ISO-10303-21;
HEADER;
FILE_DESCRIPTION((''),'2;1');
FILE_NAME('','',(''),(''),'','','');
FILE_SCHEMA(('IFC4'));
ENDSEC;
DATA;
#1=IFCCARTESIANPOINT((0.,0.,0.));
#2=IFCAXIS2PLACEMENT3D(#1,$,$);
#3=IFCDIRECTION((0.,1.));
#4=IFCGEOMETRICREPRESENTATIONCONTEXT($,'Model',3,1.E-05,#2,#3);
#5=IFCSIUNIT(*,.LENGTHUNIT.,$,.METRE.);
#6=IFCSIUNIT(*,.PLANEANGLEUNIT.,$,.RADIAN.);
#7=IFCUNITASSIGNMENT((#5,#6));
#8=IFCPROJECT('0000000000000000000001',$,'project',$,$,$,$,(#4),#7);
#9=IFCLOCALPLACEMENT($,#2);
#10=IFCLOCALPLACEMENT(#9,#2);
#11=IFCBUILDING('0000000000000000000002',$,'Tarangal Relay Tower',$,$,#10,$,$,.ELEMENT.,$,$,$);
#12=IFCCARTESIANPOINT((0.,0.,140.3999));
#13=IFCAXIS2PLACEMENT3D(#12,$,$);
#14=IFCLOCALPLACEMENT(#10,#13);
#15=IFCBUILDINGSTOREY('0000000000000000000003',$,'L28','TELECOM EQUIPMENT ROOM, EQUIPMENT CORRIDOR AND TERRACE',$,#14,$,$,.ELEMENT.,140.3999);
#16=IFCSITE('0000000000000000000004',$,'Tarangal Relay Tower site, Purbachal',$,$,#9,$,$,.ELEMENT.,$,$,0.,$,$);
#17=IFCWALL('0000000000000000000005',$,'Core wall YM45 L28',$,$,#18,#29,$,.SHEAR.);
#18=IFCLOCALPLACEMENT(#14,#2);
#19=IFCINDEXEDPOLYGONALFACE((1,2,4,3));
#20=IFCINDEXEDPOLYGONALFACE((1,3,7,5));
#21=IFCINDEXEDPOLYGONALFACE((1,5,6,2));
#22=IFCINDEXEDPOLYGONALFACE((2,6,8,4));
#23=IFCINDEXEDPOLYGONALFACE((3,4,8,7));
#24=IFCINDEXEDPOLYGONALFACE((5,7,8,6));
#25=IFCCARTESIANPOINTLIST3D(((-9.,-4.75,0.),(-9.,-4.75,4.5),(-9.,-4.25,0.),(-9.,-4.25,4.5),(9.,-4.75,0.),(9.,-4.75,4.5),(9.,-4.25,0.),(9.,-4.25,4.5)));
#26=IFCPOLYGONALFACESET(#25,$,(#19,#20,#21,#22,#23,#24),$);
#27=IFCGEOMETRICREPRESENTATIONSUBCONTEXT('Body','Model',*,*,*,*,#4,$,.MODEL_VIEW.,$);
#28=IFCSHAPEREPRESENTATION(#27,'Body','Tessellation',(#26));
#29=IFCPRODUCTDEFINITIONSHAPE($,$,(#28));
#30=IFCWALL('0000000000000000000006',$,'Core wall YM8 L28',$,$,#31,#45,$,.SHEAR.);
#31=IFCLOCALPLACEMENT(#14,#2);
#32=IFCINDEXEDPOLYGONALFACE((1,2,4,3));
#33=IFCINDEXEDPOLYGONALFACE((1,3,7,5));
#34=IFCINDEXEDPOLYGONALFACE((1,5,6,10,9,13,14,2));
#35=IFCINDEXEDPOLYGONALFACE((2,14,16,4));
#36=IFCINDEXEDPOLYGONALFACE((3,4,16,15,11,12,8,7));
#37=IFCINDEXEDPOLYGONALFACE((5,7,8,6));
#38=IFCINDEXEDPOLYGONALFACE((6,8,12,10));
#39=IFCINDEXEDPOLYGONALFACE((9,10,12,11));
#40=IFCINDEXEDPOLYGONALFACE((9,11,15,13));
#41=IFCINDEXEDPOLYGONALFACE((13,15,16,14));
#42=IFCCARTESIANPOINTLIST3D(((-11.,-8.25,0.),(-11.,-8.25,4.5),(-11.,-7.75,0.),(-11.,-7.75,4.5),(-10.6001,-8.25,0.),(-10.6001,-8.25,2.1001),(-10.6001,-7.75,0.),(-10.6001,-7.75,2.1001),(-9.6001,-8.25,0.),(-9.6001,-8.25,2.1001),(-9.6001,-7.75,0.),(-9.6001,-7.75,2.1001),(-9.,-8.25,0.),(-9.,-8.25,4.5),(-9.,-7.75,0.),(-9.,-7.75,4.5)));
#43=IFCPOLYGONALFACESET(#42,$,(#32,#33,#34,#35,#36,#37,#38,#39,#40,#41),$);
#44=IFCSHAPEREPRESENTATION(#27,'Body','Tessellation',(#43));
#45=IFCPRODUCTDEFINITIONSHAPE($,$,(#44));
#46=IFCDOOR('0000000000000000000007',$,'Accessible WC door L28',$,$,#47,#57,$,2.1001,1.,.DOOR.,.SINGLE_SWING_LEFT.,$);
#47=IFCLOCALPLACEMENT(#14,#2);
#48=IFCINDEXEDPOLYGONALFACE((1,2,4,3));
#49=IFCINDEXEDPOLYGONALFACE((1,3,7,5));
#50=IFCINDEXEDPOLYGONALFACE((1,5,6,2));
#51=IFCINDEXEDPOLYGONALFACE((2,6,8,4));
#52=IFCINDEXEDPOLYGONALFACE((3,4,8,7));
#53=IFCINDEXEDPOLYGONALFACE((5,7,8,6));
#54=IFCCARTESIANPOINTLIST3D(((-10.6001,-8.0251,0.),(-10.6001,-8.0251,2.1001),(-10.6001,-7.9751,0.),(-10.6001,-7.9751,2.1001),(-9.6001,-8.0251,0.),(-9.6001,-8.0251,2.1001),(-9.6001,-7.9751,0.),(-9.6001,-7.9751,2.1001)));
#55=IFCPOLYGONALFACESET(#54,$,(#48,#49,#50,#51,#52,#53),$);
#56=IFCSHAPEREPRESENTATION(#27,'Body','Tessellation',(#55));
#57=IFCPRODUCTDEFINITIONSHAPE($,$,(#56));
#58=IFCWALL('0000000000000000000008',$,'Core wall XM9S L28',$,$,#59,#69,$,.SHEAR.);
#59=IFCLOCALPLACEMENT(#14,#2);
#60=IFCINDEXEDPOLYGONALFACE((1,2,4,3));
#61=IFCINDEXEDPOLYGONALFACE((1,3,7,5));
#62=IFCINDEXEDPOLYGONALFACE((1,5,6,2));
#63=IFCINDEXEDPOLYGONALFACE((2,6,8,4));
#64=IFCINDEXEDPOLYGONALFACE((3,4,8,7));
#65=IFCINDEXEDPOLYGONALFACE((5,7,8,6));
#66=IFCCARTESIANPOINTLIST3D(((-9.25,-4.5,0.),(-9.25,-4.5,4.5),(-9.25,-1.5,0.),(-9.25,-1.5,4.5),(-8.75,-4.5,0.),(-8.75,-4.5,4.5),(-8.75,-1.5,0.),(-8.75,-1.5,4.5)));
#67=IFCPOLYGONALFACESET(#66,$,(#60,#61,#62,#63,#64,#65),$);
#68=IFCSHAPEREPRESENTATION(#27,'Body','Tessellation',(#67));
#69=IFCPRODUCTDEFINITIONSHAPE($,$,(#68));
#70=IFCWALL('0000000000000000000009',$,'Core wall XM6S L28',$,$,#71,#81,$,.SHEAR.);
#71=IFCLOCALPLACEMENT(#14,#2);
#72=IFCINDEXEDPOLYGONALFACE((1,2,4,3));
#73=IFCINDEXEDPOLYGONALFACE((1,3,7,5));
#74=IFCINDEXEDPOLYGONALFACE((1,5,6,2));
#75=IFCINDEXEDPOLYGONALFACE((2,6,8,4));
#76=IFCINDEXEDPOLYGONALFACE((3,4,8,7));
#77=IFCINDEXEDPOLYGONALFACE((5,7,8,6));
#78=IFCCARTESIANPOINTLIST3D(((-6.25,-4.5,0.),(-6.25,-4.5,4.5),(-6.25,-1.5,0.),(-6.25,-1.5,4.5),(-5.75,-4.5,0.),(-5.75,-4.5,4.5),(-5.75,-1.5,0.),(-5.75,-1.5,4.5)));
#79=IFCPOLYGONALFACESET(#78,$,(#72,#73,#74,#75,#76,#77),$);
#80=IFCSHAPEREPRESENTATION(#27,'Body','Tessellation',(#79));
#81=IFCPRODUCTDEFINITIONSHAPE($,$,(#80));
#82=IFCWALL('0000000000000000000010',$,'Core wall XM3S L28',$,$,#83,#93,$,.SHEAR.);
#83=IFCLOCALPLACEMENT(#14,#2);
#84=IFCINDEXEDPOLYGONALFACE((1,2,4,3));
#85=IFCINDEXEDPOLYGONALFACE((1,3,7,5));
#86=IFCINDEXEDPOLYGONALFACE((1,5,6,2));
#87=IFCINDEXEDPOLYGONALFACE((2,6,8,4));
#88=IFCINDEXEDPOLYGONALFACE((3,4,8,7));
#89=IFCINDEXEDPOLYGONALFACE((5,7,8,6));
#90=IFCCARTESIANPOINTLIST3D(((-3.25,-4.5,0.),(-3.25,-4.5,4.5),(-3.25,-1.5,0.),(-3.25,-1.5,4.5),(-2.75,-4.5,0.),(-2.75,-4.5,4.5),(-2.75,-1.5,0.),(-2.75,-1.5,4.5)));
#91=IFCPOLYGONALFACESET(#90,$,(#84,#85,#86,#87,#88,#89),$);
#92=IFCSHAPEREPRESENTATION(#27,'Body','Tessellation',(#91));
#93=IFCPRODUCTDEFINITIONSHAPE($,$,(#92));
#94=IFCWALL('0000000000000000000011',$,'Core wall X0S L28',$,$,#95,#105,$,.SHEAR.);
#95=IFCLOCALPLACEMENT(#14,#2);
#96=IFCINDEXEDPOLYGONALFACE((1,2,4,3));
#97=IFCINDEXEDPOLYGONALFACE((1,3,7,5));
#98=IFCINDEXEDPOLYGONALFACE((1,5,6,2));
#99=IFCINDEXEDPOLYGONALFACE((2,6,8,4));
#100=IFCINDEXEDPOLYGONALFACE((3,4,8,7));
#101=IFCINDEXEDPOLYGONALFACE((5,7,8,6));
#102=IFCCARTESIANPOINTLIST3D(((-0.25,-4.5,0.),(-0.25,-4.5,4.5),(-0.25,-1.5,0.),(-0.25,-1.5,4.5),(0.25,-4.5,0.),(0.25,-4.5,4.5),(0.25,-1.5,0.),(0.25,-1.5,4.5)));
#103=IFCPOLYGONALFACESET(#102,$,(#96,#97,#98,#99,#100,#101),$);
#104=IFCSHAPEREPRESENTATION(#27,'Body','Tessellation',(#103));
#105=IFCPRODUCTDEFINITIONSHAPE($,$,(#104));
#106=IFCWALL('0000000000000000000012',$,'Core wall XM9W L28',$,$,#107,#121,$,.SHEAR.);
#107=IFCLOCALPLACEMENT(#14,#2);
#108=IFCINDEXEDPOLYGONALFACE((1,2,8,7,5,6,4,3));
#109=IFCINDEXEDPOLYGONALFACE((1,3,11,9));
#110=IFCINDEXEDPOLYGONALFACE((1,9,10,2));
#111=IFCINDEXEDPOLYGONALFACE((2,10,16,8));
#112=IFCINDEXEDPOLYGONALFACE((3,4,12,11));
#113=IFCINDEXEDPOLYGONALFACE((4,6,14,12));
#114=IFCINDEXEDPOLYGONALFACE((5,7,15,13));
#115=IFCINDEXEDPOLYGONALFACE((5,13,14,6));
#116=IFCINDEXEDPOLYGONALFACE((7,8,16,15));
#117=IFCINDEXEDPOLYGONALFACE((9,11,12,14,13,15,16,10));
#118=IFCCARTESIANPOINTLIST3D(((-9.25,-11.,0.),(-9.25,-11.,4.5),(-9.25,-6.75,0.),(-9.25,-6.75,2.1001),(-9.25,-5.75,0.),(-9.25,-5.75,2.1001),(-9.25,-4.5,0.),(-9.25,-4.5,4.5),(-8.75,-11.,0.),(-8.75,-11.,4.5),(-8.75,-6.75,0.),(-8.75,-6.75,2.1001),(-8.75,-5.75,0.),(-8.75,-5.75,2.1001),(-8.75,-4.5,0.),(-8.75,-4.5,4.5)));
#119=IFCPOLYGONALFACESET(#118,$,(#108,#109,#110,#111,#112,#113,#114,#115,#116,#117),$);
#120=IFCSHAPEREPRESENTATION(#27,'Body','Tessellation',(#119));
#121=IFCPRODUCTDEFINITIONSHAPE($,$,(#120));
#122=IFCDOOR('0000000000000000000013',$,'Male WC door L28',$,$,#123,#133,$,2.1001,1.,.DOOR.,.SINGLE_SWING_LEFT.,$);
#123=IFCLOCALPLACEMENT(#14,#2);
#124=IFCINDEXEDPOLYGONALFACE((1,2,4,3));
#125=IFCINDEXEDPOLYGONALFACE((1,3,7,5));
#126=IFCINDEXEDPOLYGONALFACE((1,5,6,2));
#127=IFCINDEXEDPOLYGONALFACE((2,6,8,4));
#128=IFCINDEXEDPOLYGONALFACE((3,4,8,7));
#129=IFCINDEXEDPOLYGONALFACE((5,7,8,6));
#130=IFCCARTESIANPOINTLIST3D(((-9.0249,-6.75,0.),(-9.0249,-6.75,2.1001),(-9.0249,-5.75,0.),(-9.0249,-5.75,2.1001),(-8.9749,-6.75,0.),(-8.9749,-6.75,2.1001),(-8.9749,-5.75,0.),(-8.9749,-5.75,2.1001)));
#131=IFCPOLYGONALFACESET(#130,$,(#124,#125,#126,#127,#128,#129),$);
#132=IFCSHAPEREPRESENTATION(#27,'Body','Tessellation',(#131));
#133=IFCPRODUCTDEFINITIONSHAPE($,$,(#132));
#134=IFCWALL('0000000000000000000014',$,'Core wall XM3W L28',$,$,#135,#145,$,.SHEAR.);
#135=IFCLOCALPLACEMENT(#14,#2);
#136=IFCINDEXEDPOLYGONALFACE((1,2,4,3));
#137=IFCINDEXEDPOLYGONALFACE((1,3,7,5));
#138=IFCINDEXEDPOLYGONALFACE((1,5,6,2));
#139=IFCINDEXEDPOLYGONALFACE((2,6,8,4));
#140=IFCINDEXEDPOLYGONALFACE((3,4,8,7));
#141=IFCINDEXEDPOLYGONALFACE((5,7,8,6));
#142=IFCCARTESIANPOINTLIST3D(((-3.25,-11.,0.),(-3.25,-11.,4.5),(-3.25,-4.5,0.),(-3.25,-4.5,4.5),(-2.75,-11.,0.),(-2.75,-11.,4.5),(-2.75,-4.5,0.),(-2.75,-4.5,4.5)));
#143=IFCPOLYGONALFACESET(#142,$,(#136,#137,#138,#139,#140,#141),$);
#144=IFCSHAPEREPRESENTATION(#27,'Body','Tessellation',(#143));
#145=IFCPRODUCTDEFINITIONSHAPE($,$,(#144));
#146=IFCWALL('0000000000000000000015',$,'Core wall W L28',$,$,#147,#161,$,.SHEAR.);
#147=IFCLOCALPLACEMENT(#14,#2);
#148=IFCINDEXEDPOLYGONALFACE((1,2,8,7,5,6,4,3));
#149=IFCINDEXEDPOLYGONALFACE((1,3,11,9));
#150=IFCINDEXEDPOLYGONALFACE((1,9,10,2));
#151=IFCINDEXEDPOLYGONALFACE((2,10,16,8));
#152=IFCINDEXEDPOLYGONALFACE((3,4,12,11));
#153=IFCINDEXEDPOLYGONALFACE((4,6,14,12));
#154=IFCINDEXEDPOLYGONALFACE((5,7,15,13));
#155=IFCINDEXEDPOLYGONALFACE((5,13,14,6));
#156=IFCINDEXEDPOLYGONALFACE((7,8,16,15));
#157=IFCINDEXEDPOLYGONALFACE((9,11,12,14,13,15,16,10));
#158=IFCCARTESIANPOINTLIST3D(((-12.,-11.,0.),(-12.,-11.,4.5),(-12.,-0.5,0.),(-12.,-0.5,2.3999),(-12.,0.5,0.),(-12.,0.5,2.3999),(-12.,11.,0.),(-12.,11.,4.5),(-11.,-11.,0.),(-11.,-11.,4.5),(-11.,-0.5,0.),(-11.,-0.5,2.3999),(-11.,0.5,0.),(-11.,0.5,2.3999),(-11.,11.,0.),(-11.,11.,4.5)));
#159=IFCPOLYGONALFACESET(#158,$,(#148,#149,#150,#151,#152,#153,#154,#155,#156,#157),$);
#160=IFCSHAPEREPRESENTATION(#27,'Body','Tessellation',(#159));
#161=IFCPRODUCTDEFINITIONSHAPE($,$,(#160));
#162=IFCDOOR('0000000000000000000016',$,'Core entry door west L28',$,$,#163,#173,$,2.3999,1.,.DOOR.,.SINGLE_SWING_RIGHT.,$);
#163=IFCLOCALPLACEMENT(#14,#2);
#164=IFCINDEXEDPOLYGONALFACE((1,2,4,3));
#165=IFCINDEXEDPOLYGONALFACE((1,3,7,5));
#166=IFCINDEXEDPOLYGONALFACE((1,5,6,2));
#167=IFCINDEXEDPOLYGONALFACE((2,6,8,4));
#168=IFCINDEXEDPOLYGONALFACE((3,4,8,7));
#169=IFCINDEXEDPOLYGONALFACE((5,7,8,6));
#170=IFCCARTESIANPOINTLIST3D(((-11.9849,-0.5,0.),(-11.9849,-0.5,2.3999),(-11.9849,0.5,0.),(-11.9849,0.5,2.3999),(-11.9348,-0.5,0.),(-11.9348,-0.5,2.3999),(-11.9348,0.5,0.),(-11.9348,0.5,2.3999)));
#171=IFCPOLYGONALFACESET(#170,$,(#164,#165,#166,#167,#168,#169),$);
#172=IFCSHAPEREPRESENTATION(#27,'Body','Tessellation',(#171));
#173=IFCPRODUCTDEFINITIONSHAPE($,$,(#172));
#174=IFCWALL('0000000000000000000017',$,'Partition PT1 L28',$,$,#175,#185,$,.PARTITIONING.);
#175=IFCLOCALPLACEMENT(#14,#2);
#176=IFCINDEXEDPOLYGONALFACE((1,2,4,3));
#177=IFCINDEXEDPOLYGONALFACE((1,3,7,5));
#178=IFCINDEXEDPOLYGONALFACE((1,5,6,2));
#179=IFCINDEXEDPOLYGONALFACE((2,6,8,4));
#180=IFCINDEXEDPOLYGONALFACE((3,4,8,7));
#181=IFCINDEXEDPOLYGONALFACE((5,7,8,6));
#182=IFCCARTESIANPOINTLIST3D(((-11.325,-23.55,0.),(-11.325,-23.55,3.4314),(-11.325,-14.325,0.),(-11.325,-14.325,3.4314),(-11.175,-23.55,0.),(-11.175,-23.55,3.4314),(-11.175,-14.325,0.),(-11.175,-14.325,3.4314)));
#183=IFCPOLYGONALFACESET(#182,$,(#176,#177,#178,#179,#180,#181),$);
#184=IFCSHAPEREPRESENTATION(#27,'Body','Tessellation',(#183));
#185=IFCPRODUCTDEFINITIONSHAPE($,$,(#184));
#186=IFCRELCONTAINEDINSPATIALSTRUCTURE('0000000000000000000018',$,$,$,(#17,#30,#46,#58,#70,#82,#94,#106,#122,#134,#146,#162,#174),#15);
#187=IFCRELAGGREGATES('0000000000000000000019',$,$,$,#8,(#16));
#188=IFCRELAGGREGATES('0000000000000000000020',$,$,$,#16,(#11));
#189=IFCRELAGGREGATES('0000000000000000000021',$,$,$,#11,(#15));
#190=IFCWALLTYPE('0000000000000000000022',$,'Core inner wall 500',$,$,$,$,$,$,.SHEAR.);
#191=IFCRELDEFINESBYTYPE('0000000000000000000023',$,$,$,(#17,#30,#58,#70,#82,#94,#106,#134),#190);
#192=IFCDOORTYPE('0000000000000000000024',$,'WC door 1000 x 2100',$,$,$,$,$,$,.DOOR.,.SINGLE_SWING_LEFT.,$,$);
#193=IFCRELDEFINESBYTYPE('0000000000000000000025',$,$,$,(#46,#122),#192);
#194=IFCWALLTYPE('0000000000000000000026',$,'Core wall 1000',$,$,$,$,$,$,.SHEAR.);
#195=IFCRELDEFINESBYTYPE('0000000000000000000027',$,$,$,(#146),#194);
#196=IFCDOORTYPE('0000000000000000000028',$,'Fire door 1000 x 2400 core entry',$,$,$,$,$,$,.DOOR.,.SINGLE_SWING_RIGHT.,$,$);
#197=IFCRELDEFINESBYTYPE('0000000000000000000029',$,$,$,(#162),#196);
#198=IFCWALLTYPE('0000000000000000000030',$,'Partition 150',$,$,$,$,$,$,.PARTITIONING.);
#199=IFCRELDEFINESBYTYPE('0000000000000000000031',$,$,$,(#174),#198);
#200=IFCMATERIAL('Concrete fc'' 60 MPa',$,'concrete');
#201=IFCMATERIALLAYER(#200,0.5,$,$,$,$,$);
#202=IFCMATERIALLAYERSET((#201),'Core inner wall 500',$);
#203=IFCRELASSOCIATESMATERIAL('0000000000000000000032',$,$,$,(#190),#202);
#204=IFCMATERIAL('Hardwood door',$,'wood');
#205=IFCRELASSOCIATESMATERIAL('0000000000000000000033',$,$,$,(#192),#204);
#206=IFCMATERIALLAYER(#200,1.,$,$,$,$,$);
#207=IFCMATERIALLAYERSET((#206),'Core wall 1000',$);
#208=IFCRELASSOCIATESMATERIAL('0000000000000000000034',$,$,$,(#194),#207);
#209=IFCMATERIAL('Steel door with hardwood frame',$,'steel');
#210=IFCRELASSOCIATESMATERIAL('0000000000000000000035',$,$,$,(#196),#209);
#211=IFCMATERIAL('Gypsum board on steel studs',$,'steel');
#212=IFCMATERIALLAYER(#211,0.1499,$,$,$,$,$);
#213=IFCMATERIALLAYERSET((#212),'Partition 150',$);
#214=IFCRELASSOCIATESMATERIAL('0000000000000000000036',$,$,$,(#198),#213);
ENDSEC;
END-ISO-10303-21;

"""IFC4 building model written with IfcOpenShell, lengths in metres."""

from ifc_helpers import new_model, si_unit, direction, frame, frame_2d, origin, place, context, subcontext, project, spatial, rectangle, extrude, material, layer, layer_set, type_object, element, fill, save


model = new_model("IFC4")

# Units and contexts
model_context = context("Model", 3, precision=1e-05, world=origin(), true_north=direction((0.0, 1.0)))
body_context = subcontext(model_context, "Body", "Model", "MODEL_VIEW")
ifc_project = project(units=[si_unit("LENGTHUNIT", "METRE"), si_unit("PLANEANGLEUNIT", "RADIAN")], contexts=[model_context])

# Site, building, storey
site_placement = place(None, origin())
site = spatial("IfcSite", under=ifc_project, at=site_placement, Name="Tarangal Relay Tower site, Purbachal", CompositionType="ELEMENT", RefElevation=0.0)
building_placement = place(site_placement, origin())
building = spatial("IfcBuilding", under=site, at=building_placement, Name="Tarangal Relay Tower", CompositionType="ELEMENT")
storey_placement = place(building_placement, frame((0.0, 0.0, 140.3999)))
storey = spatial("IfcBuildingStorey", under=building, at=storey_placement, Name="L28", Description="TELECOM EQUIPMENT ROOM, EQUIPMENT CORRIDOR AND TERRACE", CompositionType="ELEMENT", Elevation=140.3999)

# Wall
ifc_material_1 = material(Name="Concrete fc' 60 MPa", Category="concrete")
ifc_layer_1 = layer(ifc_material_1, 0.5)
ifc_layer_set_1 = layer_set([ifc_layer_1], Name="Core inner wall 500")
wall_type_1 = type_object("IfcWallType", Name="Core inner wall 500", PredefinedType="SHEAR", material=ifc_layer_set_1)
for number, where, z_axis, x_axis, name in (
    (1, (-9.0, -4.5, 0.0), (0.0, 0.0, 1.0), (1.0, 0.0, 0.0), "Core wall YM45 L28"),
):
    element("IfcWall", number, at=place(storey_placement, frame(where, z_axis=z_axis, x_axis=x_axis)), inside=storey, type_object=wall_type_1, Name=name, PredefinedType="SHEAR", context=body_context, shape_type="SweptSolid", body=[
        extrude(rectangle(XDim=18.0, YDim=0.5, at=frame_2d((9.0, 0.0))), origin(), (0.0, 0.0, 1.0), 4.5),
    ])

# Wall, opening, door
wall_1_placement = place(storey_placement, frame((-11.0, -8.0, 0.0), z_axis=(0.0, 0.0, 1.0), x_axis=(1.0, 0.0, 0.0)))
wall_1 = element("IfcWall", 2, at=wall_1_placement, inside=storey, type_object=wall_type_1, Name="Core wall YM8 L28", PredefinedType="SHEAR", context=body_context, shape_type="SweptSolid", body=[
    extrude(rectangle(XDim=2.0, YDim=0.5, at=frame_2d((1.0, 0.0))), origin(), (0.0, 0.0, 1.0), 4.5),
])
opening_1_placement = place(wall_1_placement, frame((0.3999, 0.0, 0.0)))
opening_1 = element("IfcOpeningElement", 3, at=opening_1_placement, cuts=wall_1, PredefinedType="OPENING", context=body_context, shape_type="SweptSolid", body=[
    extrude(rectangle(XDim=1.0, YDim=2.1001, at=frame_2d((0.5, 1.05))), frame((0.0, 0.26, 0.0), z_axis=(0.0, -1.0, 0.0), x_axis=(1.0, 0.0, 0.0)), (0.0, 0.0, 1.0), 0.52),
])
ifc_material_2 = material(Name="Hardwood door", Category="wood")
door_type_1 = type_object("IfcDoorType", Name="WC door 1000 x 2100", OperationType="SINGLE_SWING_LEFT", PredefinedType="DOOR", material=ifc_material_2)
door_1_placement = place(opening_1_placement, origin())
door_1 = element("IfcDoor", 4, at=door_1_placement, inside=storey, type_object=door_type_1, Name="Accessible WC door L28", OperationType="SINGLE_SWING_LEFT", OverallHeight=2.1001, OverallWidth=1.0, PredefinedType="DOOR", context=body_context, shape_type="SweptSolid", body=[
    extrude(rectangle(XDim=1.0, YDim=2.1001, at=frame_2d((0.5, 1.05))), frame((0.0, 0.0249, 0.0), z_axis=(0.0, -1.0, 0.0), x_axis=(1.0, 0.0, 0.0)), (0.0, 0.0, 1.0), 0.05),
])
fill(opening_1, door_1)

# Walls
for number, where, z_axis, x_axis, name in (
    (5, (-9.0, -4.5, 0.0), (0.0, 0.0, 1.0), (0.0, 1.0, 0.0), "Core wall XM9S L28"),
    (6, (-6.0, -4.5, 0.0), (0.0, 0.0, 1.0), (0.0, 1.0, 0.0), "Core wall XM6S L28"),
    (7, (-3.0, -4.5, 0.0), (0.0, 0.0, 1.0), (0.0, 1.0, 0.0), "Core wall XM3S L28"),
    (8, (0.0, -4.5, 0.0), (0.0, 0.0, 1.0), (0.0, 1.0, 0.0), "Core wall X0S L28"),
):
    element("IfcWall", number, at=place(storey_placement, frame(where, z_axis=z_axis, x_axis=x_axis)), inside=storey, type_object=wall_type_1, Name=name, PredefinedType="SHEAR", context=body_context, shape_type="SweptSolid", body=[
        extrude(rectangle(XDim=3.0, YDim=0.5, at=frame_2d((1.5, 0.0))), origin(), (0.0, 0.0, 1.0), 4.5),
    ])

# Wall, opening, door
wall_2_placement = place(storey_placement, frame((-9.0, -11.0, 0.0), z_axis=(0.0, 0.0, 1.0), x_axis=(0.0, 1.0, 0.0)))
wall_2 = element("IfcWall", 9, at=wall_2_placement, inside=storey, type_object=wall_type_1, Name="Core wall XM9W L28", PredefinedType="SHEAR", context=body_context, shape_type="SweptSolid", body=[
    extrude(rectangle(XDim=6.5, YDim=0.5, at=frame_2d((3.25, 0.0))), origin(), (0.0, 0.0, 1.0), 4.5),
])
opening_2_placement = place(wall_2_placement, frame((4.25, 0.0, 0.0)))
opening_2 = element("IfcOpeningElement", 10, at=opening_2_placement, cuts=wall_2, PredefinedType="OPENING", context=body_context, shape_type="SweptSolid", body=[
    extrude(rectangle(XDim=1.0, YDim=2.1001, at=frame_2d((0.5, 1.05))), frame((0.0, 0.26, 0.0), z_axis=(0.0, -1.0, 0.0), x_axis=(1.0, 0.0, 0.0)), (0.0, 0.0, 1.0), 0.52),
])
door_2_placement = place(opening_2_placement, origin())
door_2 = element("IfcDoor", 11, at=door_2_placement, inside=storey, type_object=door_type_1, Name="Male WC door L28", OperationType="SINGLE_SWING_LEFT", OverallHeight=2.1001, OverallWidth=1.0, PredefinedType="DOOR", context=body_context, shape_type="SweptSolid", body=[
    extrude(rectangle(XDim=1.0, YDim=2.1001, at=frame_2d((0.5, 1.05))), frame((0.0, 0.0249, 0.0), z_axis=(0.0, -1.0, 0.0), x_axis=(1.0, 0.0, 0.0)), (0.0, 0.0, 1.0), 0.05),
])
fill(opening_2, door_2)

# Wall
wall_3_placement = place(storey_placement, frame((-3.0, -11.0, 0.0), z_axis=(0.0, 0.0, 1.0), x_axis=(0.0, 1.0, 0.0)))
element("IfcWall", 12, at=wall_3_placement, inside=storey, type_object=wall_type_1, Name="Core wall XM3W L28", PredefinedType="SHEAR", context=body_context, shape_type="SweptSolid", body=[
    extrude(rectangle(XDim=6.5, YDim=0.5, at=frame_2d((3.25, 0.0))), origin(), (0.0, 0.0, 1.0), 4.5),
])

# Wall, opening, door
ifc_layer_2 = layer(ifc_material_1, 1.0)
ifc_layer_set_2 = layer_set([ifc_layer_2], Name="Core wall 1000")
wall_type_2 = type_object("IfcWallType", Name="Core wall 1000", PredefinedType="SHEAR", material=ifc_layer_set_2)
wall_4_placement = place(storey_placement, frame((-11.5, -11.0, 0.0), z_axis=(0.0, 0.0, 1.0), x_axis=(0.0, 1.0, 0.0)))
wall_4 = element("IfcWall", 13, at=wall_4_placement, inside=storey, type_object=wall_type_2, Name="Core wall W L28", PredefinedType="SHEAR", context=body_context, shape_type="SweptSolid", body=[
    extrude(rectangle(XDim=22.0, YDim=1.0, at=frame_2d((11.0, 0.0))), origin(), (0.0, 0.0, 1.0), 4.5),
])
opening_3_placement = place(wall_4_placement, frame((10.5, 0.0, 0.0)))
opening_3 = element("IfcOpeningElement", 14, at=opening_3_placement, cuts=wall_4, PredefinedType="OPENING", context=body_context, shape_type="SweptSolid", body=[
    extrude(rectangle(XDim=1.0, YDim=2.3999, at=frame_2d((0.5, 1.2))), frame((0.0, 0.51, 0.0), z_axis=(0.0, -1.0, 0.0), x_axis=(1.0, 0.0, 0.0)), (0.0, 0.0, 1.0), 1.02),
])
ifc_material_3 = material(Name="Steel door with hardwood frame", Category="steel")
door_type_2 = type_object("IfcDoorType", Name="Fire door 1000 x 2400 core entry", OperationType="SINGLE_SWING_RIGHT", PredefinedType="DOOR", material=ifc_material_3)
door_3_placement = place(opening_3_placement, origin())
door_3 = element("IfcDoor", 15, at=door_3_placement, inside=storey, type_object=door_type_2, Name="Core entry door west L28", OperationType="SINGLE_SWING_RIGHT", OverallHeight=2.3999, OverallWidth=1.0, PredefinedType="DOOR", context=body_context, shape_type="SweptSolid", body=[
    extrude(rectangle(XDim=1.0, YDim=2.3999, at=frame_2d((0.5, 1.2))), frame((0.0, 0.4849, 0.0), z_axis=(0.0, -1.0, 0.0), x_axis=(1.0, 0.0, 0.0)), (0.0, 0.0, 1.0), 0.05),
])
fill(opening_3, door_3)

# Wall
ifc_material_4 = material(Name="Gypsum board on steel studs", Category="steel")
ifc_layer_3 = layer(ifc_material_4, 0.1499)
ifc_layer_set_3 = layer_set([ifc_layer_3], Name="Partition 150")
wall_type_3 = type_object("IfcWallType", Name="Partition 150", PredefinedType="PARTITIONING", material=ifc_layer_set_3)
wall_5_placement = place(storey_placement, frame((-11.25, -23.55, 0.0), z_axis=(0.0, 0.0, 1.0), x_axis=(0.0, 1.0, 0.0)))
element("IfcWall", 16, at=wall_5_placement, inside=storey, type_object=wall_type_3, Name="Partition PT1 L28", PredefinedType="PARTITIONING", context=body_context, shape_type="SweptSolid", body=[
    extrude(rectangle(XDim=9.2251, YDim=0.1499, at=frame_2d((4.6125, 0.0))), origin(), (0.0, 0.0, 1.0), 3.4314),
])

save(model, "model.ifc")
